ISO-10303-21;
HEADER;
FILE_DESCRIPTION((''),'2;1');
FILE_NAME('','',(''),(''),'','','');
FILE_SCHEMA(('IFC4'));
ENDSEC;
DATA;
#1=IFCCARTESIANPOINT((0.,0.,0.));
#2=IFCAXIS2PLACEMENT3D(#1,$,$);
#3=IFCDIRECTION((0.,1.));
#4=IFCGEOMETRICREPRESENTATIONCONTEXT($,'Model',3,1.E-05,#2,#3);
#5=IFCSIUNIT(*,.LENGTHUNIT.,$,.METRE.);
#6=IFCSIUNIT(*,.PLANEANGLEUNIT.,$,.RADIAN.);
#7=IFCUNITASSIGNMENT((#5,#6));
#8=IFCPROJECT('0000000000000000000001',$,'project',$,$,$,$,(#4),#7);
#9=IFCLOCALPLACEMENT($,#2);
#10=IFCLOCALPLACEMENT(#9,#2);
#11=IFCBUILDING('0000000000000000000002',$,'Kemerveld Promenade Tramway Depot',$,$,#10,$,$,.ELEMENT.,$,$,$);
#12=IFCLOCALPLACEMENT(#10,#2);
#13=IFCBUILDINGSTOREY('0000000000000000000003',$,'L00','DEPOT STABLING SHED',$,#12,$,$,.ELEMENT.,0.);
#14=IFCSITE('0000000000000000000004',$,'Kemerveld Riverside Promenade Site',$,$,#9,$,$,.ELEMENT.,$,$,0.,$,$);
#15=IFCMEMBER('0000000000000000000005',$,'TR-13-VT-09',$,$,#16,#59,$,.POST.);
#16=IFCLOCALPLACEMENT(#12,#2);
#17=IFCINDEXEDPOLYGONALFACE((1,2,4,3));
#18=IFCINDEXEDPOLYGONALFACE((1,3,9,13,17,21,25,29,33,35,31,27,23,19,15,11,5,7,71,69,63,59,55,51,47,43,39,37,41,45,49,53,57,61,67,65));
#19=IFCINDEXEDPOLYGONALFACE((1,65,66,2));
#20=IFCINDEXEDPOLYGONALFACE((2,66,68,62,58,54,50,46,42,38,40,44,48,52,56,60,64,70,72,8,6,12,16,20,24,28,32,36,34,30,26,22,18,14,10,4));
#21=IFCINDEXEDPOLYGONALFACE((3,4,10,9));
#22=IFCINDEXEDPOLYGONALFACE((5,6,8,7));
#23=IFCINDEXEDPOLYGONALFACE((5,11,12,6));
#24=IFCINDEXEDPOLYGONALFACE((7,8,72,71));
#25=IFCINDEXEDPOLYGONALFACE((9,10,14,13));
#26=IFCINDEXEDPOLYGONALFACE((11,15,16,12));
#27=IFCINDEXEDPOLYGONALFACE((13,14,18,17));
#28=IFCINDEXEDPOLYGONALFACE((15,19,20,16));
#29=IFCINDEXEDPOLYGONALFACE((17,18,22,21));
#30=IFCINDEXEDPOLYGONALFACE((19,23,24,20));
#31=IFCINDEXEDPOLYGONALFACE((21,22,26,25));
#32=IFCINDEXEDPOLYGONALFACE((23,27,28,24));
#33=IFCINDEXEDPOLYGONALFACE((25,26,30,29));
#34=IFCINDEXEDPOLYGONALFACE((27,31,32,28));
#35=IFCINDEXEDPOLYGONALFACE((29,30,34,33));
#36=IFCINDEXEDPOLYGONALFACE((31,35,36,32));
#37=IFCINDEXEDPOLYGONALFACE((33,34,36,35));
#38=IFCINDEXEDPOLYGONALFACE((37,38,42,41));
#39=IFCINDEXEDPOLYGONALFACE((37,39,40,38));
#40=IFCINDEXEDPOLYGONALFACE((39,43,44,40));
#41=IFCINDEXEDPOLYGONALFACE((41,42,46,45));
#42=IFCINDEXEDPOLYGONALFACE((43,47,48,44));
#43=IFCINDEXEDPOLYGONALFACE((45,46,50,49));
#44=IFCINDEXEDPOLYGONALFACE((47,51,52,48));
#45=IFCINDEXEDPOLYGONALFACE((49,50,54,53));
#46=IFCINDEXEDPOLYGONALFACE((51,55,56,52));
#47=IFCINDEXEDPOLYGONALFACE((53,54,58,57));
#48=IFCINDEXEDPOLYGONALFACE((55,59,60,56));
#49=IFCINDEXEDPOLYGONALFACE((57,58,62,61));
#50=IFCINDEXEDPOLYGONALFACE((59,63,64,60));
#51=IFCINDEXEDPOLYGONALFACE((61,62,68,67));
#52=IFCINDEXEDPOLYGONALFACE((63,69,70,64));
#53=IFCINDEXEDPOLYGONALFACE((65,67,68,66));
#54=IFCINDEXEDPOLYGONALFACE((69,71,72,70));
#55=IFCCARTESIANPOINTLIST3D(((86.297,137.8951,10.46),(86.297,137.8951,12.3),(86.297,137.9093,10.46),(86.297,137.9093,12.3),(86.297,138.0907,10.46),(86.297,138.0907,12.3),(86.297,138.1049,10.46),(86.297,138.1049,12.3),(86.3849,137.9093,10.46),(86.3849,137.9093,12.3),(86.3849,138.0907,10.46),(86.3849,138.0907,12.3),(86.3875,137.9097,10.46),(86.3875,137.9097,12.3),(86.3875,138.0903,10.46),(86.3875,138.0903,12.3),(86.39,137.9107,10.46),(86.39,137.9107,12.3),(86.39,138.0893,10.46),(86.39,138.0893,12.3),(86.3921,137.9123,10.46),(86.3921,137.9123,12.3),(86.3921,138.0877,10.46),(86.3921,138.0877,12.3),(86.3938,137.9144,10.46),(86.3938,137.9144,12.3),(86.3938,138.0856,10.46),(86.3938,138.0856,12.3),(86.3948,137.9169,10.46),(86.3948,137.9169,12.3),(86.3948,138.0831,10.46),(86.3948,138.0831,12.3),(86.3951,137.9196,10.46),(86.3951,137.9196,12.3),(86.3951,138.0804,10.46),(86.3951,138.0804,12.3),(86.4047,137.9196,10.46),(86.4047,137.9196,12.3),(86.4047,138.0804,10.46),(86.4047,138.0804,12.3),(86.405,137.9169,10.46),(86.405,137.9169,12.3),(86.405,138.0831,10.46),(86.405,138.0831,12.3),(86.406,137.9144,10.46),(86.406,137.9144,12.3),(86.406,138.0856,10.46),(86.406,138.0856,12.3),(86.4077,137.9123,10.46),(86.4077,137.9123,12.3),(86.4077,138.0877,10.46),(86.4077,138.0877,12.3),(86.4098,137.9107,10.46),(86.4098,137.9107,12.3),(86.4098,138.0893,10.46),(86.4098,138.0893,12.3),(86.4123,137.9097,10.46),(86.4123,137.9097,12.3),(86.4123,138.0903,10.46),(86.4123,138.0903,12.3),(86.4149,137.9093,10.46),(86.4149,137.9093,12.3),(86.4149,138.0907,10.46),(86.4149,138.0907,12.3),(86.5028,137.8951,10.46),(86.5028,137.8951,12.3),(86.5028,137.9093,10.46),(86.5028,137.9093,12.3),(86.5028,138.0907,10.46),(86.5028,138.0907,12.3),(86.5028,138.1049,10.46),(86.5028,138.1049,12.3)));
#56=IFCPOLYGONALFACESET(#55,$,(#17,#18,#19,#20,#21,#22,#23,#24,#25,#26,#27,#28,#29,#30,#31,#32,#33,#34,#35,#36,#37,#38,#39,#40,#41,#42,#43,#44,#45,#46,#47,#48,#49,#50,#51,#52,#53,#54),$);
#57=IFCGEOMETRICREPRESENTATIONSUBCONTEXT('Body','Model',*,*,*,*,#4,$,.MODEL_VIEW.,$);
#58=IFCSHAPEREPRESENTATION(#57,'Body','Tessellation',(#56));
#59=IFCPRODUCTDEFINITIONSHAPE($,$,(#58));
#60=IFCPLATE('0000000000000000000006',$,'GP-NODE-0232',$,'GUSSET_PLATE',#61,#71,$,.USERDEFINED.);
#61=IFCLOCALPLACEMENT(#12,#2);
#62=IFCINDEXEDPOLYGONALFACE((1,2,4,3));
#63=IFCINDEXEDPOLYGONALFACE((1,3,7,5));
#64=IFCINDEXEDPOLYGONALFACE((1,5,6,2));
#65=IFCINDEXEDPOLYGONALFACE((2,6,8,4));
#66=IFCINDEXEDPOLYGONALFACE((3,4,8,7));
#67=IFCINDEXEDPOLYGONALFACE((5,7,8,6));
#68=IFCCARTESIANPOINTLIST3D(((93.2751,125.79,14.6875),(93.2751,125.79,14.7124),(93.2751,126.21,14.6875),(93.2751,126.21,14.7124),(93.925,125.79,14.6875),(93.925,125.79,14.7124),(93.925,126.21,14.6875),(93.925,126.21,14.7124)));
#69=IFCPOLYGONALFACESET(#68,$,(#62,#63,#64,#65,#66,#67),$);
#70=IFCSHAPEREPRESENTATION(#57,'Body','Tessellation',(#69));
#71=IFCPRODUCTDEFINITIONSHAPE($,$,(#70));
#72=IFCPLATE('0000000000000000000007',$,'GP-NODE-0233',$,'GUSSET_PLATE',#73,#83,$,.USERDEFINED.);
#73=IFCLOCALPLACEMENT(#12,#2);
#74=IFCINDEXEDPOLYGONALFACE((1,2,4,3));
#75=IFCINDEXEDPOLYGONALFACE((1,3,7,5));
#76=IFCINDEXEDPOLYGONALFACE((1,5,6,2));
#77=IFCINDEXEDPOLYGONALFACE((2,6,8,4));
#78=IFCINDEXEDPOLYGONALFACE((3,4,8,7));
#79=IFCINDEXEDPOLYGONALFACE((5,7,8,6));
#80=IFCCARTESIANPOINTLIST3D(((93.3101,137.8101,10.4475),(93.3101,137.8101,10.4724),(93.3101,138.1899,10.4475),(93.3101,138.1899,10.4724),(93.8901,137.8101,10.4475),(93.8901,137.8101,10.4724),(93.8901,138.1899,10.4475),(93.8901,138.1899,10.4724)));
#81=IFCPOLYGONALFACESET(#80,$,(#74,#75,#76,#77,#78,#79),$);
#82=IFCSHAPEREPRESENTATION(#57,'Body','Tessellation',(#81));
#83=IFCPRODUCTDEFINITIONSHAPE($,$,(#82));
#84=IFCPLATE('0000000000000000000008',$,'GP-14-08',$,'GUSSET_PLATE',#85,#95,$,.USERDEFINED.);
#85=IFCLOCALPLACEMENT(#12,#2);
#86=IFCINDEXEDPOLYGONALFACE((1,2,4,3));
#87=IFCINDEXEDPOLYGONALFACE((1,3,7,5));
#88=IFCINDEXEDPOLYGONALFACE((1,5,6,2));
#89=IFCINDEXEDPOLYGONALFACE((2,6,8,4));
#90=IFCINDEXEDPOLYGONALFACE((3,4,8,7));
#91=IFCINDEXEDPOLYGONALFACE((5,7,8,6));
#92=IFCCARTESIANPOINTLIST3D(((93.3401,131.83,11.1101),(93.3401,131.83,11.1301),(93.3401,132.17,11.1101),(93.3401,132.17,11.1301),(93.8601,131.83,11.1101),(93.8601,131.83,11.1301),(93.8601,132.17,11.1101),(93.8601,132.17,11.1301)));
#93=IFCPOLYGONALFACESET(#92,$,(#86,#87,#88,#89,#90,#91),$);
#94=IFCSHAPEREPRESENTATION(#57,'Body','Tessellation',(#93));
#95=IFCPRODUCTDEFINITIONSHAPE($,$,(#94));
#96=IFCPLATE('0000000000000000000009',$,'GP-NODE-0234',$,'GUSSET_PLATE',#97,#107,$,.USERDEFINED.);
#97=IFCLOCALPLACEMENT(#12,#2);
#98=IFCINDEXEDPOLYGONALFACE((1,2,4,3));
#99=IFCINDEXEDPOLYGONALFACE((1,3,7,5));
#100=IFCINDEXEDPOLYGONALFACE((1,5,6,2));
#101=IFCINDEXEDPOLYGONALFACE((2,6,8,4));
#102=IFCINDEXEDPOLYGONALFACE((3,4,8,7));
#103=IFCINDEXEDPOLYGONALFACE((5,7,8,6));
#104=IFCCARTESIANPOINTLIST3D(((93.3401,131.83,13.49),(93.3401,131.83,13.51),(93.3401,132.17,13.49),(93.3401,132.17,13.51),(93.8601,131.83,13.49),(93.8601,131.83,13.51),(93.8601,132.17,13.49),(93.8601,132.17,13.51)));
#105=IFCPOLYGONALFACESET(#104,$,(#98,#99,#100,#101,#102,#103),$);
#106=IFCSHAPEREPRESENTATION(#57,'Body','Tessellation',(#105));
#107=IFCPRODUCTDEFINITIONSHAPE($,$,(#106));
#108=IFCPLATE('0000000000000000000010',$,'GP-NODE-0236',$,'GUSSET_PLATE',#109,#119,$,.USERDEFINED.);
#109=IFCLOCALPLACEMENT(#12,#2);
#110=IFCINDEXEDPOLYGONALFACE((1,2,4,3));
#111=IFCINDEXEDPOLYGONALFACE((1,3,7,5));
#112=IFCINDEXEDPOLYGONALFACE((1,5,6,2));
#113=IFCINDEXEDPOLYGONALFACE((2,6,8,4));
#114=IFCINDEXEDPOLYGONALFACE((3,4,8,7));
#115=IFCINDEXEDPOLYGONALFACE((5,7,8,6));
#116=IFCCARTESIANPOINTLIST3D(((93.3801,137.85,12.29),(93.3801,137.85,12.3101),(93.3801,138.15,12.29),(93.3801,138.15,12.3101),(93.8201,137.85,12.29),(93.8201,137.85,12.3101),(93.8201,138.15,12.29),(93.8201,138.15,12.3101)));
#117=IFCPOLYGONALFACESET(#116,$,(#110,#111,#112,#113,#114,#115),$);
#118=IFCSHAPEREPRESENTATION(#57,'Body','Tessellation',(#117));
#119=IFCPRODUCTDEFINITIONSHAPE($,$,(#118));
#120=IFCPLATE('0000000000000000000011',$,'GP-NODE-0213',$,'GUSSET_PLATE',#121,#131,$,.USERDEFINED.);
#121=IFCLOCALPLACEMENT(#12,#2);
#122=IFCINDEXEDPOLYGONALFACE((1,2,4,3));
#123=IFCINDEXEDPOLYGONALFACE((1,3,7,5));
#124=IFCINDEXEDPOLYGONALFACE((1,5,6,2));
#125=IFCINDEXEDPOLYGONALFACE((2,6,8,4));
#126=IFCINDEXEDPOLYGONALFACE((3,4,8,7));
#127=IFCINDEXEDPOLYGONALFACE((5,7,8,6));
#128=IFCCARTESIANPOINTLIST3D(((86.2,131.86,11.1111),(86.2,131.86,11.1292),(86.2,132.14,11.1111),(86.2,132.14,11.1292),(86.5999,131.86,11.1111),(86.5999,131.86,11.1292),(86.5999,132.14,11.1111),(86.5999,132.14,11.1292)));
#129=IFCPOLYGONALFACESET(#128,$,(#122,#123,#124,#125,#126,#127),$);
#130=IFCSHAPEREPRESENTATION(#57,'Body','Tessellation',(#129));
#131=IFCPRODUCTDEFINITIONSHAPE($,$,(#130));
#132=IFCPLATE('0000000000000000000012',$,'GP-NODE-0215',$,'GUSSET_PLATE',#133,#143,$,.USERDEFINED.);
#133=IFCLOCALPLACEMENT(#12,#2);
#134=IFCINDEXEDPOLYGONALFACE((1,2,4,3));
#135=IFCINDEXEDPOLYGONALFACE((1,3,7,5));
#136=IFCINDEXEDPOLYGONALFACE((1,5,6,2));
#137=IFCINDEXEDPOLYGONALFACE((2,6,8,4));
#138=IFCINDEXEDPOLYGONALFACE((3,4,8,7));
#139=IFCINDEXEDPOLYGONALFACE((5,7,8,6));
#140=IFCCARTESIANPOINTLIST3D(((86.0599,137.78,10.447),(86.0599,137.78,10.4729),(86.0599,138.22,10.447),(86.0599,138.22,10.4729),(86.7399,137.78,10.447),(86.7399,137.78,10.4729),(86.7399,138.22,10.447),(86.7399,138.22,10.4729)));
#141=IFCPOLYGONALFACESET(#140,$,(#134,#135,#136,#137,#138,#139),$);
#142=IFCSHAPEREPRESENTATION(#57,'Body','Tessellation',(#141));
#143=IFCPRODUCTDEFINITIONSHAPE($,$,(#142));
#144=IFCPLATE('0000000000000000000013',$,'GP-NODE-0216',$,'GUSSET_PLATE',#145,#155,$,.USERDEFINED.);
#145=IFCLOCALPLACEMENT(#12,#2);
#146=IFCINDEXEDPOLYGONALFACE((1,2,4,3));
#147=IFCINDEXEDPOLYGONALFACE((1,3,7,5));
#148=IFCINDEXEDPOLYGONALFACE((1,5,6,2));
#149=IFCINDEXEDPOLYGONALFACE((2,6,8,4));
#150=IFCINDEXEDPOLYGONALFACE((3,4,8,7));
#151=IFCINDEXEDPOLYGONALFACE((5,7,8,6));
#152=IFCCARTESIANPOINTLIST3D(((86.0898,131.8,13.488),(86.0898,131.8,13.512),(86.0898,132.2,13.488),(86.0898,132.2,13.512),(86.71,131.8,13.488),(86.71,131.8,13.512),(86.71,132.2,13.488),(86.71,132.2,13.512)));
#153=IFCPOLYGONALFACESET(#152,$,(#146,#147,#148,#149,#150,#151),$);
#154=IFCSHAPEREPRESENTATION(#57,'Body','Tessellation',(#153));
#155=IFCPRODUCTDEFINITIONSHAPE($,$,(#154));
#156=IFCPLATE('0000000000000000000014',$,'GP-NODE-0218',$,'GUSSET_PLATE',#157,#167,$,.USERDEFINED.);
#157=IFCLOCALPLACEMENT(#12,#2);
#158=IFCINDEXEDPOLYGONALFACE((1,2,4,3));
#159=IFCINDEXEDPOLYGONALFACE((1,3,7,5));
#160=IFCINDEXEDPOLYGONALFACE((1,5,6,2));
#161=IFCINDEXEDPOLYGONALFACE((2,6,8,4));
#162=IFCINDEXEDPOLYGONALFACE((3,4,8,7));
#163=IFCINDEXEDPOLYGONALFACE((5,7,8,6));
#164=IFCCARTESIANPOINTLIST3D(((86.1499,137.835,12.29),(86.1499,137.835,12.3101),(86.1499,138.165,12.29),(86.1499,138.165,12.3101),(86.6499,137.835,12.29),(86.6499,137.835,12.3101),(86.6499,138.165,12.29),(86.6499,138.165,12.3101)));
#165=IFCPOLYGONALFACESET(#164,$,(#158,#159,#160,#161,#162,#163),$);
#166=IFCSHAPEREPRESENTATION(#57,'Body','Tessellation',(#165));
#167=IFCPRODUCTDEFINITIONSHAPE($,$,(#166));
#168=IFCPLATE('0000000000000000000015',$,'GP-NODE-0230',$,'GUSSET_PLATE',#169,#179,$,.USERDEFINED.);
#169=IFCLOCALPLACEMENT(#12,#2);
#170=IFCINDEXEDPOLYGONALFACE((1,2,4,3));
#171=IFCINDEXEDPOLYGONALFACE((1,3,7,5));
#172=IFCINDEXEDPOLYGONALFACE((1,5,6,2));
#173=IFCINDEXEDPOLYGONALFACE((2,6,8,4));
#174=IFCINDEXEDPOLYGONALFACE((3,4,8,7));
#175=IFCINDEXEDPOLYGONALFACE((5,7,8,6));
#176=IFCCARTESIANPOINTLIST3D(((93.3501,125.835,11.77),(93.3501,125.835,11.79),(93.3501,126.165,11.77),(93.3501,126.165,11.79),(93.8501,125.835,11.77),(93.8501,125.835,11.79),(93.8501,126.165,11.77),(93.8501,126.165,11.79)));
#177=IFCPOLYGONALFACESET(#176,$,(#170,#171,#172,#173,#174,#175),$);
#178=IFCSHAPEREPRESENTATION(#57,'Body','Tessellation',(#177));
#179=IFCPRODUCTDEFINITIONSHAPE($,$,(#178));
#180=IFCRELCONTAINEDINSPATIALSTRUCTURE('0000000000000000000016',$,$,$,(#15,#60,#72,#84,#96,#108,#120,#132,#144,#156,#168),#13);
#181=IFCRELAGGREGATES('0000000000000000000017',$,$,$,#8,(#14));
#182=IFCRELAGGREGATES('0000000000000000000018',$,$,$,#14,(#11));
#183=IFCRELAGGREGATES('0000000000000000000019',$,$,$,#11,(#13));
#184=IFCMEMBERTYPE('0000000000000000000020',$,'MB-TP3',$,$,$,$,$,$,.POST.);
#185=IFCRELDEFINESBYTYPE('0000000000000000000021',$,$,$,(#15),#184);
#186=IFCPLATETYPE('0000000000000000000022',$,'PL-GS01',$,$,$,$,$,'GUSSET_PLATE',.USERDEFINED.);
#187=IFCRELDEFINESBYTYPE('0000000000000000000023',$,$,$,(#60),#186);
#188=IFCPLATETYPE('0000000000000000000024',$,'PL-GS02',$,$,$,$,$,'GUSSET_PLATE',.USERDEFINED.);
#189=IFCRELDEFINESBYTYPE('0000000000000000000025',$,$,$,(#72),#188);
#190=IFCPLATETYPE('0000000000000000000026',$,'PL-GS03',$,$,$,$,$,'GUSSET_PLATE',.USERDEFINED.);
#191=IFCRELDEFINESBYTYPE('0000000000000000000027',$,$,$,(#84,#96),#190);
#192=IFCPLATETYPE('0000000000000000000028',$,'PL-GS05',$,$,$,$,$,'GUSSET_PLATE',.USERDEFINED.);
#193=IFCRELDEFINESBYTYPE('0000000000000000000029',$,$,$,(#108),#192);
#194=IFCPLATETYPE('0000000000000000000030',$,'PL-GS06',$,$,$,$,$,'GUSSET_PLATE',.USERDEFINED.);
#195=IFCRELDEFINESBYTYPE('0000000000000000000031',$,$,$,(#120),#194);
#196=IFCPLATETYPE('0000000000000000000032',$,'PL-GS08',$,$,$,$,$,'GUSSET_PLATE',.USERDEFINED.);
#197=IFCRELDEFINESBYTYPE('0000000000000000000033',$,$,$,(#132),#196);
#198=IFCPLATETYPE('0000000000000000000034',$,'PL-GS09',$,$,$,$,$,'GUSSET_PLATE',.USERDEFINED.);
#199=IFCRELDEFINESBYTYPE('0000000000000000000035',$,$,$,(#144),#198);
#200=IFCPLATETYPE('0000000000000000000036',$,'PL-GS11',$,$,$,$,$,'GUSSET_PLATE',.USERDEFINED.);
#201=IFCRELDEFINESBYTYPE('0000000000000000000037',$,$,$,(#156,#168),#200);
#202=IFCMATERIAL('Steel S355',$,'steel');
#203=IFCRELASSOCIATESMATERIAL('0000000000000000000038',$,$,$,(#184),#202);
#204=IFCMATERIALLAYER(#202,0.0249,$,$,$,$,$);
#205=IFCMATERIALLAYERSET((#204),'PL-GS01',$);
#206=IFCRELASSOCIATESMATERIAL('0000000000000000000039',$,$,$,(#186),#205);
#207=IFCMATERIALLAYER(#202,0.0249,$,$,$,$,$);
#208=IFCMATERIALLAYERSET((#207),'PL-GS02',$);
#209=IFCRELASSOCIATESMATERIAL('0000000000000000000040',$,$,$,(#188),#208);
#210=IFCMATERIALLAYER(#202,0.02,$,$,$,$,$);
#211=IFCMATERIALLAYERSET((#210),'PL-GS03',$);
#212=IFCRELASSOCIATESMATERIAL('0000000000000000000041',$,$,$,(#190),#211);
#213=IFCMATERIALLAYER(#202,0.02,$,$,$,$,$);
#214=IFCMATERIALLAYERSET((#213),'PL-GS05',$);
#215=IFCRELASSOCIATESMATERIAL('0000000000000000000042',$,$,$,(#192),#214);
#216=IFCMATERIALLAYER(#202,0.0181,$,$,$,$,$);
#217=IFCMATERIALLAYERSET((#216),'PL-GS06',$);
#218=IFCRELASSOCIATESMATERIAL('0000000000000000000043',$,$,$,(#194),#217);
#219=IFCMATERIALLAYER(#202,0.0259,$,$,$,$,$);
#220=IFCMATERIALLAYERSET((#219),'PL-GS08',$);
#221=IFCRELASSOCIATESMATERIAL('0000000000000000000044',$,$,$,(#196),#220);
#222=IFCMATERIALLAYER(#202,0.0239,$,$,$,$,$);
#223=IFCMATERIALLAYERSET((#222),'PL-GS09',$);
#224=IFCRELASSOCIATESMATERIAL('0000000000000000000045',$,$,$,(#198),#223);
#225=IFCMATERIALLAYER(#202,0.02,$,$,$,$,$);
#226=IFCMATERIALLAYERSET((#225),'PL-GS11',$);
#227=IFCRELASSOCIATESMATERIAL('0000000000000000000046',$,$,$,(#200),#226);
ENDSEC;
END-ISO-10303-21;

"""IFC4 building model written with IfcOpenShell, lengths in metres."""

from ifc_helpers import new_model, si_unit, direction, frame, origin, origin_2d, place, context, subcontext, project, spatial, rectangle, i_section, extrude, material, layer, layer_set, material_profile, profile_set, type_object, element, save


model = new_model("IFC4")

# Units and contexts
model_context = context("Model", 3, precision=1e-05, world=origin(), true_north=direction((0.0, 1.0)))
body_context = subcontext(model_context, "Body", "Model", "MODEL_VIEW")
ifc_project = project(units=[si_unit("LENGTHUNIT", "METRE"), si_unit("PLANEANGLEUNIT", "RADIAN")], contexts=[model_context])

# Site, building, storey
site_placement = place(None, origin())
site = spatial("IfcSite", under=ifc_project, at=site_placement, Name="Kemerveld Riverside Promenade Site", CompositionType="ELEMENT", RefElevation=0.0)
building_placement = place(site_placement, origin())
building = spatial("IfcBuilding", under=site, at=building_placement, Name="Kemerveld Promenade Tramway Depot", CompositionType="ELEMENT")
storey_placement = place(building_placement, origin())
storey = spatial("IfcBuildingStorey", under=building, at=storey_placement, Name="L00", Description="DEPOT STABLING SHED", CompositionType="ELEMENT", Elevation=0.0)

# Member
ifc_material_1 = material(Name="Steel S355", Category="steel")
ifc_material_profile_1 = material_profile(ifc_material_1, i_section(OverallWidth=0.2058, OverallDepth=0.2097, WebThickness=0.0095, FlangeThickness=0.0142, FilletRadius=0.0103, at=origin_2d()), Name="203x203x60 UC")
ifc_profile_set_1 = profile_set([ifc_material_profile_1], Name="Steel S355")
member_type_1 = type_object("IfcMemberType", Name="MB-TP3", PredefinedType="POST", material=ifc_profile_set_1)
member_1_placement = place(storey_placement, frame((86.3999, 138.0, 10.46), z_axis=(0.0, 0.0, 1.0), x_axis=(1.0, 0.0, 0.0)))
element("IfcMember", 1, at=member_1_placement, inside=storey, type_object=member_type_1, Name="TR-13-VT-09", PredefinedType="POST", context=body_context, shape_type="SweptSolid", body=[
    extrude(i_section(OverallWidth=0.2058, OverallDepth=0.2097, WebThickness=0.0095, FlangeThickness=0.0142, FilletRadius=0.0103, at=origin_2d()), origin(), (0.0, 0.0, 1.0), 1.8401),
])

# Plates
ifc_layer_1 = layer(ifc_material_1, 0.0249)
ifc_layer_set_1 = layer_set([ifc_layer_1], Name="PL-GS01")
plate_type_1 = type_object("IfcPlateType", Name="PL-GS01", ElementType="GUSSET_PLATE", PredefinedType="USERDEFINED", material=ifc_layer_set_1)
plate_1_placement = place(storey_placement, frame((93.6001, 126.0, 14.6875), z_axis=(0.0, 0.0, 1.0), x_axis=(1.0, 0.0, 0.0)))
element("IfcPlate", 2, at=plate_1_placement, inside=storey, type_object=plate_type_1, Name="GP-NODE-0232", ObjectType="GUSSET_PLATE", PredefinedType="USERDEFINED", context=body_context, shape_type="SweptSolid", body=[
    extrude(rectangle(XDim=0.6499, YDim=0.4199, at=origin_2d()), origin(), (0.0, 0.0, 1.0), 0.0249),
])
ifc_layer_2 = layer(ifc_material_1, 0.0249)
ifc_layer_set_2 = layer_set([ifc_layer_2], Name="PL-GS02")
plate_type_2 = type_object("IfcPlateType", Name="PL-GS02", ElementType="GUSSET_PLATE", PredefinedType="USERDEFINED", material=ifc_layer_set_2)
plate_2_placement = place(storey_placement, frame((93.6001, 138.0, 10.4475), z_axis=(0.0, 0.0, 1.0), x_axis=(1.0, 0.0, 0.0)))
element("IfcPlate", 3, at=plate_2_placement, inside=storey, type_object=plate_type_2, Name="GP-NODE-0233", ObjectType="GUSSET_PLATE", PredefinedType="USERDEFINED", context=body_context, shape_type="SweptSolid", body=[
    extrude(rectangle(XDim=0.5801, YDim=0.3799, at=origin_2d()), origin(), (0.0, 0.0, 1.0), 0.0249),
])
ifc_layer_3 = layer(ifc_material_1, 0.02)
ifc_layer_set_3 = layer_set([ifc_layer_3], Name="PL-GS03")
plate_type_3 = type_object("IfcPlateType", Name="PL-GS03", ElementType="GUSSET_PLATE", PredefinedType="USERDEFINED", material=ifc_layer_set_3)
for number, where, z_axis, x_axis, name in (
    (4, (93.6001, 132.0, 11.1101), (0.0, 0.0, 1.0), (1.0, 0.0, 0.0), "GP-14-08"),
    (5, (93.6001, 132.0, 13.49), (0.0, 0.0, 1.0), (1.0, 0.0, 0.0), "GP-NODE-0234"),
):
    element("IfcPlate", number, at=place(storey_placement, frame(where, z_axis=z_axis, x_axis=x_axis)), inside=storey, type_object=plate_type_3, Name=name, ObjectType="GUSSET_PLATE", PredefinedType="USERDEFINED", context=body_context, shape_type="SweptSolid", body=[
        extrude(rectangle(XDim=0.52, YDim=0.3401, at=origin_2d()), origin(), (0.0, 0.0, 1.0), 0.02),
    ])
ifc_layer_4 = layer(ifc_material_1, 0.02)
ifc_layer_set_4 = layer_set([ifc_layer_4], Name="PL-GS05")
plate_type_4 = type_object("IfcPlateType", Name="PL-GS05", ElementType="GUSSET_PLATE", PredefinedType="USERDEFINED", material=ifc_layer_set_4)
plate_3_placement = place(storey_placement, frame((93.6001, 138.0, 12.29), z_axis=(0.0, 0.0, 1.0), x_axis=(1.0, 0.0, 0.0)))
element("IfcPlate", 6, at=plate_3_placement, inside=storey, type_object=plate_type_4, Name="GP-NODE-0236", ObjectType="GUSSET_PLATE", PredefinedType="USERDEFINED", context=body_context, shape_type="SweptSolid", body=[
    extrude(rectangle(XDim=0.4399, YDim=0.3, at=origin_2d()), origin(), (0.0, 0.0, 1.0), 0.02),
])
ifc_layer_5 = layer(ifc_material_1, 0.0181)
ifc_layer_set_5 = layer_set([ifc_layer_5], Name="PL-GS06")
plate_type_5 = type_object("IfcPlateType", Name="PL-GS06", ElementType="GUSSET_PLATE", PredefinedType="USERDEFINED", material=ifc_layer_set_5)
plate_4_placement = place(storey_placement, frame((86.3999, 132.0, 11.1111), z_axis=(0.0, 0.0, 1.0), x_axis=(1.0, 0.0, 0.0)))
element("IfcPlate", 7, at=plate_4_placement, inside=storey, type_object=plate_type_5, Name="GP-NODE-0213", ObjectType="GUSSET_PLATE", PredefinedType="USERDEFINED", context=body_context, shape_type="SweptSolid", body=[
    extrude(rectangle(XDim=0.3999, YDim=0.28, at=origin_2d()), origin(), (0.0, 0.0, 1.0), 0.0181),
])
ifc_layer_6 = layer(ifc_material_1, 0.0259)
ifc_layer_set_6 = layer_set([ifc_layer_6], Name="PL-GS08")
plate_type_6 = type_object("IfcPlateType", Name="PL-GS08", ElementType="GUSSET_PLATE", PredefinedType="USERDEFINED", material=ifc_layer_set_6)
plate_5_placement = place(storey_placement, frame((86.3999, 138.0, 10.447), z_axis=(0.0, 0.0, 1.0), x_axis=(1.0, 0.0, 0.0)))
element("IfcPlate", 8, at=plate_5_placement, inside=storey, type_object=plate_type_6, Name="GP-NODE-0215", ObjectType="GUSSET_PLATE", PredefinedType="USERDEFINED", context=body_context, shape_type="SweptSolid", body=[
    extrude(rectangle(XDim=0.6799, YDim=0.4399, at=origin_2d()), origin(), (0.0, 0.0, 1.0), 0.0259),
])
ifc_layer_7 = layer(ifc_material_1, 0.0239)
ifc_layer_set_7 = layer_set([ifc_layer_7], Name="PL-GS09")
plate_type_7 = type_object("IfcPlateType", Name="PL-GS09", ElementType="GUSSET_PLATE", PredefinedType="USERDEFINED", material=ifc_layer_set_7)
plate_6_placement = place(storey_placement, frame((86.3999, 132.0, 13.488), z_axis=(0.0, 0.0, 1.0), x_axis=(1.0, 0.0, 0.0)))
element("IfcPlate", 9, at=plate_6_placement, inside=storey, type_object=plate_type_7, Name="GP-NODE-0216", ObjectType="GUSSET_PLATE", PredefinedType="USERDEFINED", context=body_context, shape_type="SweptSolid", body=[
    extrude(rectangle(XDim=0.6201, YDim=0.3999, at=origin_2d()), origin(), (0.0, 0.0, 1.0), 0.0239),
])
ifc_layer_8 = layer(ifc_material_1, 0.02)
ifc_layer_set_8 = layer_set([ifc_layer_8], Name="PL-GS11")
plate_type_8 = type_object("IfcPlateType", Name="PL-GS11", ElementType="GUSSET_PLATE", PredefinedType="USERDEFINED", material=ifc_layer_set_8)
for number, where, z_axis, x_axis, name in (
    (10, (86.3999, 138.0, 12.29), (0.0, 0.0, 1.0), (1.0, 0.0, 0.0), "GP-NODE-0218"),
    (11, (93.6001, 126.0, 11.77), (0.0, 0.0, 1.0), (1.0, 0.0, 0.0), "GP-NODE-0230"),
):
    element("IfcPlate", number, at=place(storey_placement, frame(where, z_axis=z_axis, x_axis=x_axis)), inside=storey, type_object=plate_type_8, Name=name, ObjectType="GUSSET_PLATE", PredefinedType="USERDEFINED", context=body_context, shape_type="SweptSolid", body=[
        extrude(rectangle(XDim=0.5, YDim=0.3301, at=origin_2d()), origin(), (0.0, 0.0, 1.0), 0.02),
    ])

save(model, "model.ifc")
